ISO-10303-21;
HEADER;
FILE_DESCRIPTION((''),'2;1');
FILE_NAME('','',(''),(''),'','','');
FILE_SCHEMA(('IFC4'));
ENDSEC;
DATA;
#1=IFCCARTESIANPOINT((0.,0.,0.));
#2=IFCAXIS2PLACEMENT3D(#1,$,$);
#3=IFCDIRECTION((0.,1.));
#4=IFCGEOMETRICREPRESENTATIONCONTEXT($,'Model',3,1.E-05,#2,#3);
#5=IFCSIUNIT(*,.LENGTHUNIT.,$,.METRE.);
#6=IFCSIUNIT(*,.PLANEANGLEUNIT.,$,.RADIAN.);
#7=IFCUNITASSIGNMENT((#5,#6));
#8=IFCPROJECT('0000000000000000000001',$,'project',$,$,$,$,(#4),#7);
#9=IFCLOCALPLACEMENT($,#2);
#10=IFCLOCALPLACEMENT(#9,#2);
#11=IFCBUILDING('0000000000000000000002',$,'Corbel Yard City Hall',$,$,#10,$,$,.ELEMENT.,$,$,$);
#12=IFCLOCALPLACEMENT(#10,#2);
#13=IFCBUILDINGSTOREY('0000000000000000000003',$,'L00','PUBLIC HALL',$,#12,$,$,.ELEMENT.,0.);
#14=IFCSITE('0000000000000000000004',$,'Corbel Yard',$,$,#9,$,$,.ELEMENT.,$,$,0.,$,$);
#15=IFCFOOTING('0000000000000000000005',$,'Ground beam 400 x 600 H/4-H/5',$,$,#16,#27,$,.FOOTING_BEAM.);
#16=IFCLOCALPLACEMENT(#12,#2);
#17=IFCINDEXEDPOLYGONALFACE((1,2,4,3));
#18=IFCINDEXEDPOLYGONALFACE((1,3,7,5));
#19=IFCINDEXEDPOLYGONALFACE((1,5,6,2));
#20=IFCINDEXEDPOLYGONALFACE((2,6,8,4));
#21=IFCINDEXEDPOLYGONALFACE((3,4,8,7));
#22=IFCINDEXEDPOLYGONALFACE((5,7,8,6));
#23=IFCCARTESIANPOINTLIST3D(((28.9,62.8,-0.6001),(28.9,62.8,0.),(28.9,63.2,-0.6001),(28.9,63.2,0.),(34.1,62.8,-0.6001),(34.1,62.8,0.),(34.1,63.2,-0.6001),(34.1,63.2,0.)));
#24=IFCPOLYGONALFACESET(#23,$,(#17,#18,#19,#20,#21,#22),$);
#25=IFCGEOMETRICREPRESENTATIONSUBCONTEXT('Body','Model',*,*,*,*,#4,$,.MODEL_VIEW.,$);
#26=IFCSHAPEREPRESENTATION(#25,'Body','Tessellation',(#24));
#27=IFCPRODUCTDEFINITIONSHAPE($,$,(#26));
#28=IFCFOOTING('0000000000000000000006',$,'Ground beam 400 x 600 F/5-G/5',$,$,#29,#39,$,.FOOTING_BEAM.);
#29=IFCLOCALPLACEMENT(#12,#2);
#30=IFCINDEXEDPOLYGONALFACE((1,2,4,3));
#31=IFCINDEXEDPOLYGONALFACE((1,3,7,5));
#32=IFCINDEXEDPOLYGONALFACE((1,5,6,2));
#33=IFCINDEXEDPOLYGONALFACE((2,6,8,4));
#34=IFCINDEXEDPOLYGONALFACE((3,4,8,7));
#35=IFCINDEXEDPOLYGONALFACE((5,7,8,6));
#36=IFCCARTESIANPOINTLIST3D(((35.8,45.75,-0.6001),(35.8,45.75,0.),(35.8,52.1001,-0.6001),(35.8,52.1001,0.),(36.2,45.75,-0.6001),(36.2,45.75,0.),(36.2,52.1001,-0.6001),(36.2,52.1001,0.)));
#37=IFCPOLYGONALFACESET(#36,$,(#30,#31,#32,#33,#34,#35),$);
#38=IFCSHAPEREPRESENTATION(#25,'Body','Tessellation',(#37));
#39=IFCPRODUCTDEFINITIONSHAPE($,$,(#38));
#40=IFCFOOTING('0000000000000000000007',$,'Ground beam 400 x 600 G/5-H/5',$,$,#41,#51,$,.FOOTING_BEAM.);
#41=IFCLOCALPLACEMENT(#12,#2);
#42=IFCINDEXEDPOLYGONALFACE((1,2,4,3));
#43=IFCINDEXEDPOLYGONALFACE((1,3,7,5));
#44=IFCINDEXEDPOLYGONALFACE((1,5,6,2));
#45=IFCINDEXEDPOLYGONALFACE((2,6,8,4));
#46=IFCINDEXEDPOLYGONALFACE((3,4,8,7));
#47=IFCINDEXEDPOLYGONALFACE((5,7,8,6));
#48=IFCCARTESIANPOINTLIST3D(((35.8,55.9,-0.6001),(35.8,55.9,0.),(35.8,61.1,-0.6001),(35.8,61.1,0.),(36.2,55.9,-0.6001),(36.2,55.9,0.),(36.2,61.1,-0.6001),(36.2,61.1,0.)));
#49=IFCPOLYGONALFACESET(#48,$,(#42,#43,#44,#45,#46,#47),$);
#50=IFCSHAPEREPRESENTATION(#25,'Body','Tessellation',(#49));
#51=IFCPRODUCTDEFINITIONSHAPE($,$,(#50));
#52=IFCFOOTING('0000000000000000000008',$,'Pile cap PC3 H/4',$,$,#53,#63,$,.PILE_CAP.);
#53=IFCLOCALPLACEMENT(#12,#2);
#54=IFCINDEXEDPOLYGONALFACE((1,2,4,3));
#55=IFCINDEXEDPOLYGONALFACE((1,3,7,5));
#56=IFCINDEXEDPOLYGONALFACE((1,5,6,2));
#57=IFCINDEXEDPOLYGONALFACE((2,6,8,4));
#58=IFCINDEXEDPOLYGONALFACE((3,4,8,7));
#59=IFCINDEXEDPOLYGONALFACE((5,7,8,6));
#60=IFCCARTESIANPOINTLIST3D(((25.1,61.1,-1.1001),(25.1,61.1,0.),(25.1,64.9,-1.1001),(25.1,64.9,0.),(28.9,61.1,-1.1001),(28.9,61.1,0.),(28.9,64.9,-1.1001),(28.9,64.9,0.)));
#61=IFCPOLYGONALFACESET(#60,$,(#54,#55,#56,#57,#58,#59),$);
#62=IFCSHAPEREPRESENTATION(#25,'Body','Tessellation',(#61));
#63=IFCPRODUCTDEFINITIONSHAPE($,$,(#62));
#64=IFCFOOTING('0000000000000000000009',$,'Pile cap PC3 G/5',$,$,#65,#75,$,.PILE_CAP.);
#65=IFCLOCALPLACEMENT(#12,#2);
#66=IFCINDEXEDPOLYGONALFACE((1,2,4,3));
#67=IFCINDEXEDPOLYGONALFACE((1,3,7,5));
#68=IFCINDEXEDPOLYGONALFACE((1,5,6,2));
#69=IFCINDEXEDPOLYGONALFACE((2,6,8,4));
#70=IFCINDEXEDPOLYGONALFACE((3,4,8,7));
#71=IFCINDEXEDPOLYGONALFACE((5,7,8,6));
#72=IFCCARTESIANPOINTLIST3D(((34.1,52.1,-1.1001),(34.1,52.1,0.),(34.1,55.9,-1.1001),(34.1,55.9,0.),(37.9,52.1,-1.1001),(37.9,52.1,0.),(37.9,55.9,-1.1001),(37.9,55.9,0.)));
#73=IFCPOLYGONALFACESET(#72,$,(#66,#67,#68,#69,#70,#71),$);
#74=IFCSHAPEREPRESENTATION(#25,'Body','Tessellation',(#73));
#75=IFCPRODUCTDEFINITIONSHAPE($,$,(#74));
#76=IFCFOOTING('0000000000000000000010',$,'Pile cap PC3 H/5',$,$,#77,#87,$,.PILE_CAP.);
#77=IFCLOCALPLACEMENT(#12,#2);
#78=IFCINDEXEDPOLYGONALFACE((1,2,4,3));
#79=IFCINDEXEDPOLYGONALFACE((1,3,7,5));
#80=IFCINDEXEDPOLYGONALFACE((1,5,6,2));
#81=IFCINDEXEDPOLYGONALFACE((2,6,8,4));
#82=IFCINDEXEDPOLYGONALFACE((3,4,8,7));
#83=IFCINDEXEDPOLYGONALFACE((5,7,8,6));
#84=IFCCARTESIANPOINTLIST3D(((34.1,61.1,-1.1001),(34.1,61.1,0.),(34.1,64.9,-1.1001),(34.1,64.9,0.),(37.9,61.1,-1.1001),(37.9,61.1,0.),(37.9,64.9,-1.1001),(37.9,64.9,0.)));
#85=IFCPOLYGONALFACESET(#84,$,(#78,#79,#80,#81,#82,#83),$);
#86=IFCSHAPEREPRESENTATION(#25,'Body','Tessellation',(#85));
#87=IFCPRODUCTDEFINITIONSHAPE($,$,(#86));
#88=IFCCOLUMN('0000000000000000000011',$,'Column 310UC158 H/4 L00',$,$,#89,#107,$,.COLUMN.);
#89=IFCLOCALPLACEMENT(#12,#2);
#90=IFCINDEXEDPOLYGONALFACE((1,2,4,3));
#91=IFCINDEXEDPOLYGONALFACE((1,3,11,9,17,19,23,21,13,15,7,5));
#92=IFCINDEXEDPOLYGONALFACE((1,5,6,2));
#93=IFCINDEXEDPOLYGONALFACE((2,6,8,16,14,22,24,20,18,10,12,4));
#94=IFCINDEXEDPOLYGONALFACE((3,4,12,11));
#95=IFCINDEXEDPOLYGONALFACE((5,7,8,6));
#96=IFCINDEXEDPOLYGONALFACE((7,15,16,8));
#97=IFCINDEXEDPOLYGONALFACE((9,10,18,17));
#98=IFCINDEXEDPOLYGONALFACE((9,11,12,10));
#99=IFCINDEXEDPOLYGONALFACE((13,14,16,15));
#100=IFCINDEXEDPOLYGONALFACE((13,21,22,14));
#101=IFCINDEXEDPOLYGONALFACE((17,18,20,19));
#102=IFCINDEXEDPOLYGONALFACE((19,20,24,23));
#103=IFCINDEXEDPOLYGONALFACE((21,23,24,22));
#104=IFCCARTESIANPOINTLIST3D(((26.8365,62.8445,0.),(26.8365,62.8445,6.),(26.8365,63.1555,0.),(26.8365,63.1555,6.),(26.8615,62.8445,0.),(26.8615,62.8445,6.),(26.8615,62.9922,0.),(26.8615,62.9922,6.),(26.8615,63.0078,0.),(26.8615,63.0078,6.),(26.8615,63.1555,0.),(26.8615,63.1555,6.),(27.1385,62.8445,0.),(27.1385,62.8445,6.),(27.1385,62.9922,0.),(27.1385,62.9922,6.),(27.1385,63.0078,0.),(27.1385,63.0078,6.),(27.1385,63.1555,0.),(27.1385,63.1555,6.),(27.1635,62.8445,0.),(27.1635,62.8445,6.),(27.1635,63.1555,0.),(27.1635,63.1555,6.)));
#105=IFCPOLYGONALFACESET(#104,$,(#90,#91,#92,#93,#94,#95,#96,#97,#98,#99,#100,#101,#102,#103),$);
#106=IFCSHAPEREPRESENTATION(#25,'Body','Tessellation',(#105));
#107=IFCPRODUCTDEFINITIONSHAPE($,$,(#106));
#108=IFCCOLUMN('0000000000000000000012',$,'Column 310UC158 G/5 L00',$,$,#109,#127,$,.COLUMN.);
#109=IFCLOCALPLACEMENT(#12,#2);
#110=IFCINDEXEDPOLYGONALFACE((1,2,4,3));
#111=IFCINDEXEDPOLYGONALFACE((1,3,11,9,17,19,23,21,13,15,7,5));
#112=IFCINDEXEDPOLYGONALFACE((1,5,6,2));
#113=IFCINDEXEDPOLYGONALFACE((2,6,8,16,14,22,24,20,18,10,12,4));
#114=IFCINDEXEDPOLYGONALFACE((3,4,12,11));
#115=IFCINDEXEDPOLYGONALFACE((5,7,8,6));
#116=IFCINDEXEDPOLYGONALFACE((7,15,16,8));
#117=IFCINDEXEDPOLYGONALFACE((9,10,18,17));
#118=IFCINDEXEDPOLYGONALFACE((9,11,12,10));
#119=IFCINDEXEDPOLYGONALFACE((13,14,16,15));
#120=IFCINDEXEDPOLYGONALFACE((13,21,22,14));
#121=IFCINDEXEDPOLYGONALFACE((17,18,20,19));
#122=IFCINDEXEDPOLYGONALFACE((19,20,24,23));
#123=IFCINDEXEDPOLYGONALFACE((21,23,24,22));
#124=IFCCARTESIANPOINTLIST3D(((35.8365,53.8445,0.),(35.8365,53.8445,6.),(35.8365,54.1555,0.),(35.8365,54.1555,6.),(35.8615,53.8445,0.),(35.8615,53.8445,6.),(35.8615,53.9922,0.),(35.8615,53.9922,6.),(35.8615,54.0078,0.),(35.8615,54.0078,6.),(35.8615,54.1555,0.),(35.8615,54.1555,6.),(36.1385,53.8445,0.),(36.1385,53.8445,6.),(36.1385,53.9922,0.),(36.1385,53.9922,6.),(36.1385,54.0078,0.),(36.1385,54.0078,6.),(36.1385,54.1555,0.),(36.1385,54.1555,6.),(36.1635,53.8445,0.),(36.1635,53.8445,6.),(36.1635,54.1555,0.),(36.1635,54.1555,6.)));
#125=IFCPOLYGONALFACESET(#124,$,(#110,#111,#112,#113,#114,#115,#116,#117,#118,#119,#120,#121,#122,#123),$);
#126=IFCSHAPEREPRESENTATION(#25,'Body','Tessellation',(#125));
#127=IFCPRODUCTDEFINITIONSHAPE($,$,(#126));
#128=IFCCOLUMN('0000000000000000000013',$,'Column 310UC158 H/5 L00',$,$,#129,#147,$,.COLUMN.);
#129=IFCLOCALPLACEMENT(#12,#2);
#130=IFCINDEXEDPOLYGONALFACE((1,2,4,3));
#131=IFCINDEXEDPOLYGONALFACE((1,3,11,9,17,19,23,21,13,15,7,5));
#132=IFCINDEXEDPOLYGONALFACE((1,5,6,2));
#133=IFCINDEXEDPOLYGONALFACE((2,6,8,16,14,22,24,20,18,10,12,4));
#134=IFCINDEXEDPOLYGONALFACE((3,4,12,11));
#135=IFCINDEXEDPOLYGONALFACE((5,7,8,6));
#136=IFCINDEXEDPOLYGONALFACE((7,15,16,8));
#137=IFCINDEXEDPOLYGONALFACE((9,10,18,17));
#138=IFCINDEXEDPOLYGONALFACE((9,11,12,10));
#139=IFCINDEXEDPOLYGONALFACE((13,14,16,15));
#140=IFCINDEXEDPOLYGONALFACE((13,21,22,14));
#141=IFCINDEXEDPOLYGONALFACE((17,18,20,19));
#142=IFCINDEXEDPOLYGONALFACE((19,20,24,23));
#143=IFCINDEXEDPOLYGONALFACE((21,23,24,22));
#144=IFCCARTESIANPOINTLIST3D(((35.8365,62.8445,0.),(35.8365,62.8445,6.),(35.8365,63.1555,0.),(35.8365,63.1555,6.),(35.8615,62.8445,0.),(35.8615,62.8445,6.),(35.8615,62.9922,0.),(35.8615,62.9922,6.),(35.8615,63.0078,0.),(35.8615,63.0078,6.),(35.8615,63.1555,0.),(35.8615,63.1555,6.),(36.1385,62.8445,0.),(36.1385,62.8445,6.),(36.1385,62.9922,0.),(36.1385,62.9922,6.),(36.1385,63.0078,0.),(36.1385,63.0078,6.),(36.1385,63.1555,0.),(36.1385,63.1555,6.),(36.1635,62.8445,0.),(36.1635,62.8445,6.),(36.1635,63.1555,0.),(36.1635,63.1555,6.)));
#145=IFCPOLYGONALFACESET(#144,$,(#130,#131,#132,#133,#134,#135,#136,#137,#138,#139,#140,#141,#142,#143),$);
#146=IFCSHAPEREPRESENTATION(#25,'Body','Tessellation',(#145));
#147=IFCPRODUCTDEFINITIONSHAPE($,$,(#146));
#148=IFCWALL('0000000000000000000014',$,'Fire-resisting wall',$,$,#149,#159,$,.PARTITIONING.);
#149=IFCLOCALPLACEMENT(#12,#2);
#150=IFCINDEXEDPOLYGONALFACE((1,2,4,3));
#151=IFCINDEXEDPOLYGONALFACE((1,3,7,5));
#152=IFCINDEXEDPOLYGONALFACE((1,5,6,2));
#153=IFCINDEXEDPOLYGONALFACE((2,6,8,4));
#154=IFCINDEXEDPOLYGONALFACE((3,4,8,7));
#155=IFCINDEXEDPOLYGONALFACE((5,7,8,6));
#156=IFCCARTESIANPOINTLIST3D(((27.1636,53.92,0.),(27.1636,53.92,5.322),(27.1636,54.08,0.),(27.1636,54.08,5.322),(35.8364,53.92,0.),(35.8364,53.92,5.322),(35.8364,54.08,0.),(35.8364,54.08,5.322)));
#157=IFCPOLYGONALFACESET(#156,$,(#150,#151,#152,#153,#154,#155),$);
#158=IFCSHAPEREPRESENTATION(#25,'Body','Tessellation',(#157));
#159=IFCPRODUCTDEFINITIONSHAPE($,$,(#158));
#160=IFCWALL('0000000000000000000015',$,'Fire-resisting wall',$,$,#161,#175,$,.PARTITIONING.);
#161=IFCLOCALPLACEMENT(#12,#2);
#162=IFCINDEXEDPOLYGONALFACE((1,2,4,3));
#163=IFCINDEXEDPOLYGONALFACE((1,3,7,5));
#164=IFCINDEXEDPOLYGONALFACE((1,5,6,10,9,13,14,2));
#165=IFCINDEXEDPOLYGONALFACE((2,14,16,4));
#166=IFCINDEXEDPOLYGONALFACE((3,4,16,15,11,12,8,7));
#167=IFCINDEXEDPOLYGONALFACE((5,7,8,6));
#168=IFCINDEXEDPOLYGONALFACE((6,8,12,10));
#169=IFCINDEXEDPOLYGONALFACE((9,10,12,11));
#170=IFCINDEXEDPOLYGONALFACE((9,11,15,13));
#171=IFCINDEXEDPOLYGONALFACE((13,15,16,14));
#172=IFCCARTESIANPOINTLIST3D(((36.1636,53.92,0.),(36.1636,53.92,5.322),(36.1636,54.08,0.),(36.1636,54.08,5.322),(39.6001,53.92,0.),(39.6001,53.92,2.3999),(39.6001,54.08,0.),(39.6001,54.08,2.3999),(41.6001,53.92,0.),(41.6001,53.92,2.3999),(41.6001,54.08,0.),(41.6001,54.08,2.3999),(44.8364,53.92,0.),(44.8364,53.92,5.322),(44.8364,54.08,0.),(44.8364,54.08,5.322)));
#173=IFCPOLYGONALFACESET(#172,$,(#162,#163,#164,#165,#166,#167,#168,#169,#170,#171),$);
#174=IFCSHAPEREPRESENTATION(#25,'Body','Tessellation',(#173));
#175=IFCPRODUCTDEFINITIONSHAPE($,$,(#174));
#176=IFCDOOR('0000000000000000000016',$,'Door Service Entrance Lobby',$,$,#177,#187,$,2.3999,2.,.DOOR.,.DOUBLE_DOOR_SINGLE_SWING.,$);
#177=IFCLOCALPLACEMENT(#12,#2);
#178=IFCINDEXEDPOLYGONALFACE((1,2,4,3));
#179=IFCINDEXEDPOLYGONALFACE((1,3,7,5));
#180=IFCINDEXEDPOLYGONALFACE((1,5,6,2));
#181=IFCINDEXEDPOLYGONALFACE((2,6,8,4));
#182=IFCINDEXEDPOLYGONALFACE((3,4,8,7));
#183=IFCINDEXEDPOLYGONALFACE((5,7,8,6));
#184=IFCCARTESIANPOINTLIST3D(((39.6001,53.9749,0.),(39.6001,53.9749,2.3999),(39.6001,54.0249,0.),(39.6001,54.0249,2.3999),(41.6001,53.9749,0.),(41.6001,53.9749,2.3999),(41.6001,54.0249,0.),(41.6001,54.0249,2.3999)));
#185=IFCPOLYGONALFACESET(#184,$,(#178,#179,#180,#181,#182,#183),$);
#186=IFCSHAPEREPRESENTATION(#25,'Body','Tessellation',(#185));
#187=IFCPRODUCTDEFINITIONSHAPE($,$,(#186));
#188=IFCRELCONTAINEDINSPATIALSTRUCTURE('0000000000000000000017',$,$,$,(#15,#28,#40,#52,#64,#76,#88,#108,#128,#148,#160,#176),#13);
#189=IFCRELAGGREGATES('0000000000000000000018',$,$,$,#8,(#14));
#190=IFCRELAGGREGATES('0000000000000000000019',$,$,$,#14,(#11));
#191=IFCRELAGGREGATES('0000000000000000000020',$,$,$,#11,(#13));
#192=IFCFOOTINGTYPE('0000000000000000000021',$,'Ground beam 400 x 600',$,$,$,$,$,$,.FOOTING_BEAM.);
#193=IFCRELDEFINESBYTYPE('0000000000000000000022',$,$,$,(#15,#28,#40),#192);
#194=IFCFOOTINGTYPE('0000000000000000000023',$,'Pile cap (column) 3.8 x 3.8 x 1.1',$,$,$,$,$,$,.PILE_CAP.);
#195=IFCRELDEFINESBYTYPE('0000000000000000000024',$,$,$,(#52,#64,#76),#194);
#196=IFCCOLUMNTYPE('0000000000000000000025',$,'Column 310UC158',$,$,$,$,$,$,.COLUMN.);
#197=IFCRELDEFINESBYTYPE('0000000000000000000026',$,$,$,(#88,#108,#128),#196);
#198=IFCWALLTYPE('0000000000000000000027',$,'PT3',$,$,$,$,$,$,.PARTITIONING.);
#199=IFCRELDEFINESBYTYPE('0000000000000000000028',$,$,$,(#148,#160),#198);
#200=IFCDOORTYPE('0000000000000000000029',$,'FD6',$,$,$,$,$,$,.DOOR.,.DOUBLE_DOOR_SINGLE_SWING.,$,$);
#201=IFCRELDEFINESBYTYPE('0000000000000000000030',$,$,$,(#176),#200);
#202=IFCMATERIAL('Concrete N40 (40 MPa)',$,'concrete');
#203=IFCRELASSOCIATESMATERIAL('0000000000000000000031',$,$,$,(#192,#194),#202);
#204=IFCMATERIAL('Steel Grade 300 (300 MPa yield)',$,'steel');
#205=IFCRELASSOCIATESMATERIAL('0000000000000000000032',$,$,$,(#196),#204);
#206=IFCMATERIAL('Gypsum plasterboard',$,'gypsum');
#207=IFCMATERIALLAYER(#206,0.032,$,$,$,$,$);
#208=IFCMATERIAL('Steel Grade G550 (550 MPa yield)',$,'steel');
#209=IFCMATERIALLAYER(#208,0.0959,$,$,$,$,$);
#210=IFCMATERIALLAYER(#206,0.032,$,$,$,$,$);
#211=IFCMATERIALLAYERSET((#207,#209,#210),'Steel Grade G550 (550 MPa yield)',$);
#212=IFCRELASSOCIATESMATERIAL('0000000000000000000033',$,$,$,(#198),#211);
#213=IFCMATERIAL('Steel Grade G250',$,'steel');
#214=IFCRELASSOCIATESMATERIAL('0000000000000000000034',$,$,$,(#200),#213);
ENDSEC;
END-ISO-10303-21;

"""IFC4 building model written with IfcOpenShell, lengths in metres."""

from ifc_helpers import new_model, si_unit, direction, frame, frame_2d, origin, origin_2d, place, context, subcontext, project, spatial, rectangle, i_section, extrude, material, layer, layer_set, material_profile, profile_set, type_object, element, fill, save


model = new_model("IFC4")

# Units and contexts
model_context = context("Model", 3, precision=1e-05, world=origin(), true_north=direction((0.0, 1.0)))
body_context = subcontext(model_context, "Body", "Model", "MODEL_VIEW")
ifc_project = project(units=[si_unit("LENGTHUNIT", "METRE"), si_unit("PLANEANGLEUNIT", "RADIAN")], contexts=[model_context])

# Site, building, storey
site_placement = place(None, origin())
site = spatial("IfcSite", under=ifc_project, at=site_placement, Name="Corbel Yard", CompositionType="ELEMENT", RefElevation=0.0)
building_placement = place(site_placement, origin())
building = spatial("IfcBuilding", under=site, at=building_placement, Name="Corbel Yard City Hall", CompositionType="ELEMENT")
storey_placement = place(building_placement, origin())
storey = spatial("IfcBuildingStorey", under=building, at=storey_placement, Name="L00", Description="PUBLIC HALL", CompositionType="ELEMENT", Elevation=0.0)

# Shared definitions
ifc_material_1 = material(Name="Concrete N40 (40 MPa)", Category="concrete")

# Footings
footing_type_1 = type_object("IfcFootingType", Name="Ground beam 400 x 600", PredefinedType="FOOTING_BEAM", material=ifc_material_1)
footing_1_placement = place(storey_placement, frame((31.5, 63.0, -0.6001), z_axis=(0.0, 0.0, 1.0), x_axis=(1.0, 0.0, 0.0)))
element("IfcFooting", 1, at=footing_1_placement, inside=storey, type_object=footing_type_1, Name="Ground beam 400 x 600 H/4-H/5", PredefinedType="FOOTING_BEAM", context=body_context, shape_type="SweptSolid", body=[
    extrude(rectangle(XDim=5.2, YDim=0.3999, at=origin_2d()), origin(), (0.0, 0.0, 1.0), 0.6001),
])
footing_2_placement = place(storey_placement, frame((36.0, 48.925, -0.6001), z_axis=(0.0, 0.0, 1.0), x_axis=(1.0, 0.0, 0.0)))
element("IfcFooting", 2, at=footing_2_placement, inside=storey, type_object=footing_type_1, Name="Ground beam 400 x 600 F/5-G/5", PredefinedType="FOOTING_BEAM", context=body_context, shape_type="SweptSolid", body=[
    extrude(rectangle(XDim=0.3999, YDim=6.3501, at=origin_2d()), origin(), (0.0, 0.0, 1.0), 0.6001),
])
footing_3_placement = place(storey_placement, frame((36.0, 58.5, -0.6001), z_axis=(0.0, 0.0, 1.0), x_axis=(1.0, 0.0, 0.0)))
element("IfcFooting", 3, at=footing_3_placement, inside=storey, type_object=footing_type_1, Name="Ground beam 400 x 600 G/5-H/5", PredefinedType="FOOTING_BEAM", context=body_context, shape_type="SweptSolid", body=[
    extrude(rectangle(XDim=0.3999, YDim=5.2, at=origin_2d()), origin(), (0.0, 0.0, 1.0), 0.6001),
])
footing_type_2 = type_object("IfcFootingType", Name="Pile cap (column) 3.8 x 3.8 x 1.1", PredefinedType="PILE_CAP", material=ifc_material_1)
for number, where, z_axis, x_axis, name in (
    (4, (27.0, 63.0, -1.1001), (0.0, 0.0, 1.0), (1.0, 0.0, 0.0), "Pile cap PC3 H/4"),
    (5, (36.0, 54.0, -1.1001), (0.0, 0.0, 1.0), (1.0, 0.0, 0.0), "Pile cap PC3 G/5"),
    (6, (36.0, 63.0, -1.1001), (0.0, 0.0, 1.0), (1.0, 0.0, 0.0), "Pile cap PC3 H/5"),
):
    element("IfcFooting", number, at=place(storey_placement, frame(where, z_axis=z_axis, x_axis=x_axis)), inside=storey, type_object=footing_type_2, Name=name, PredefinedType="PILE_CAP", context=body_context, shape_type="SweptSolid", body=[
        extrude(rectangle(XDim=3.8, YDim=3.8, at=origin_2d()), origin(), (0.0, 0.0, 1.0), 1.1001),
    ])

# Columns
ifc_material_2 = material(Name="Steel Grade 300 (300 MPa yield)", Category="steel")
ifc_material_profile_1 = material_profile(ifc_material_2, i_section(OverallWidth=0.311, OverallDepth=0.3269, WebThickness=0.0156, FlangeThickness=0.0249, at=origin_2d()), Name="310UC158")
ifc_profile_set_1 = profile_set([ifc_material_profile_1], Name="Steel Grade 300 (300 MPa yield)")
column_type = type_object("IfcColumnType", Name="Column 310UC158", PredefinedType="COLUMN", material=ifc_profile_set_1)
for number, where, z_axis, x_axis, name in (
    (7, (27.0, 63.0, 0.0), (0.0, 0.0, 1.0), (0.0, 1.0, 0.0), "Column 310UC158 H/4 L00"),
    (8, (36.0, 54.0, 0.0), (0.0, 0.0, 1.0), (0.0, 1.0, 0.0), "Column 310UC158 G/5 L00"),
    (9, (36.0, 63.0, 0.0), (0.0, 0.0, 1.0), (0.0, 1.0, 0.0), "Column 310UC158 H/5 L00"),
):
    element("IfcColumn", number, at=place(storey_placement, frame(where, z_axis=z_axis, x_axis=x_axis)), inside=storey, type_object=column_type, Name=name, PredefinedType="COLUMN", context=body_context, shape_type="SweptSolid", body=[
        extrude(i_section(OverallWidth=0.311, OverallDepth=0.3269, WebThickness=0.0156, FlangeThickness=0.0249, at=origin_2d()), origin(), (0.0, 0.0, 1.0), 6.0),
    ])

# Wall
ifc_material_3 = material(Name="Gypsum plasterboard", Category="gypsum")
ifc_layer_1 = layer(ifc_material_3, 0.032)
ifc_material_4 = material(Name="Steel Grade G550 (550 MPa yield)", Category="steel")
ifc_layer_2 = layer(ifc_material_4, 0.0959)
ifc_layer_3 = layer(ifc_material_3, 0.032)
ifc_layer_set = layer_set([ifc_layer_1, ifc_layer_2, ifc_layer_3], Name="Steel Grade G550 (550 MPa yield)")
wall_type = type_object("IfcWallType", Name="PT3", PredefinedType="PARTITIONING", material=ifc_layer_set)
wall_1_placement = place(storey_placement, frame((27.1636, 54.0, 0.0), z_axis=(0.0, 0.0, 1.0), x_axis=(1.0, 0.0, 0.0)))
element("IfcWall", 10, at=wall_1_placement, inside=storey, type_object=wall_type, Name="Fire-resisting wall", PredefinedType="PARTITIONING", context=body_context, shape_type="SweptSolid", body=[
    extrude(rectangle(XDim=8.6729, YDim=0.1599, at=frame_2d((4.3364, 0.0))), origin(), (0.0, 0.0, 1.0), 5.322),
])

# Wall, opening, door
wall_2_placement = place(storey_placement, frame((36.1636, 54.0, 0.0), z_axis=(0.0, 0.0, 1.0), x_axis=(1.0, 0.0, 0.0)))
wall_2 = element("IfcWall", 11, at=wall_2_placement, inside=storey, type_object=wall_type, Name="Fire-resisting wall", PredefinedType="PARTITIONING", context=body_context, shape_type="SweptSolid", body=[
    extrude(rectangle(XDim=8.6729, YDim=0.1599, at=frame_2d((4.3364, 0.0))), origin(), (0.0, 0.0, 1.0), 5.322),
])
opening_placement = place(wall_2_placement, frame((3.4365, 0.0, 0.0)))
opening = element("IfcOpeningElement", 12, at=opening_placement, cuts=wall_2, PredefinedType="OPENING", context=body_context, shape_type="SweptSolid", body=[
    extrude(rectangle(XDim=2.0, YDim=2.3999, at=frame_2d((1.0, 1.2))), frame((0.0, 0.0898, 0.0), z_axis=(0.0, -1.0, 0.0), x_axis=(1.0, 0.0, 0.0)), (0.0, 0.0, 1.0), 0.1799),
])
ifc_material_5 = material(Name="Steel Grade G250", Category="steel")
door_type = type_object("IfcDoorType", Name="FD6", OperationType="DOUBLE_DOOR_SINGLE_SWING", PredefinedType="DOOR", material=ifc_material_5)
door_placement = place(opening_placement, origin())
door = element("IfcDoor", 13, at=door_placement, inside=storey, type_object=door_type, Name="Door Service Entrance Lobby", OperationType="DOUBLE_DOOR_SINGLE_SWING", OverallHeight=2.3999, OverallWidth=2.0, PredefinedType="DOOR", context=body_context, shape_type="SweptSolid", body=[
    extrude(rectangle(XDim=2.0, YDim=2.3999, at=frame_2d((1.0, 1.2))), frame((0.0, 0.0249, 0.0), z_axis=(0.0, -1.0, 0.0), x_axis=(1.0, 0.0, 0.0)), (0.0, 0.0, 1.0), 0.05),
])
fill(opening, door)

save(model, "model.ifc")
